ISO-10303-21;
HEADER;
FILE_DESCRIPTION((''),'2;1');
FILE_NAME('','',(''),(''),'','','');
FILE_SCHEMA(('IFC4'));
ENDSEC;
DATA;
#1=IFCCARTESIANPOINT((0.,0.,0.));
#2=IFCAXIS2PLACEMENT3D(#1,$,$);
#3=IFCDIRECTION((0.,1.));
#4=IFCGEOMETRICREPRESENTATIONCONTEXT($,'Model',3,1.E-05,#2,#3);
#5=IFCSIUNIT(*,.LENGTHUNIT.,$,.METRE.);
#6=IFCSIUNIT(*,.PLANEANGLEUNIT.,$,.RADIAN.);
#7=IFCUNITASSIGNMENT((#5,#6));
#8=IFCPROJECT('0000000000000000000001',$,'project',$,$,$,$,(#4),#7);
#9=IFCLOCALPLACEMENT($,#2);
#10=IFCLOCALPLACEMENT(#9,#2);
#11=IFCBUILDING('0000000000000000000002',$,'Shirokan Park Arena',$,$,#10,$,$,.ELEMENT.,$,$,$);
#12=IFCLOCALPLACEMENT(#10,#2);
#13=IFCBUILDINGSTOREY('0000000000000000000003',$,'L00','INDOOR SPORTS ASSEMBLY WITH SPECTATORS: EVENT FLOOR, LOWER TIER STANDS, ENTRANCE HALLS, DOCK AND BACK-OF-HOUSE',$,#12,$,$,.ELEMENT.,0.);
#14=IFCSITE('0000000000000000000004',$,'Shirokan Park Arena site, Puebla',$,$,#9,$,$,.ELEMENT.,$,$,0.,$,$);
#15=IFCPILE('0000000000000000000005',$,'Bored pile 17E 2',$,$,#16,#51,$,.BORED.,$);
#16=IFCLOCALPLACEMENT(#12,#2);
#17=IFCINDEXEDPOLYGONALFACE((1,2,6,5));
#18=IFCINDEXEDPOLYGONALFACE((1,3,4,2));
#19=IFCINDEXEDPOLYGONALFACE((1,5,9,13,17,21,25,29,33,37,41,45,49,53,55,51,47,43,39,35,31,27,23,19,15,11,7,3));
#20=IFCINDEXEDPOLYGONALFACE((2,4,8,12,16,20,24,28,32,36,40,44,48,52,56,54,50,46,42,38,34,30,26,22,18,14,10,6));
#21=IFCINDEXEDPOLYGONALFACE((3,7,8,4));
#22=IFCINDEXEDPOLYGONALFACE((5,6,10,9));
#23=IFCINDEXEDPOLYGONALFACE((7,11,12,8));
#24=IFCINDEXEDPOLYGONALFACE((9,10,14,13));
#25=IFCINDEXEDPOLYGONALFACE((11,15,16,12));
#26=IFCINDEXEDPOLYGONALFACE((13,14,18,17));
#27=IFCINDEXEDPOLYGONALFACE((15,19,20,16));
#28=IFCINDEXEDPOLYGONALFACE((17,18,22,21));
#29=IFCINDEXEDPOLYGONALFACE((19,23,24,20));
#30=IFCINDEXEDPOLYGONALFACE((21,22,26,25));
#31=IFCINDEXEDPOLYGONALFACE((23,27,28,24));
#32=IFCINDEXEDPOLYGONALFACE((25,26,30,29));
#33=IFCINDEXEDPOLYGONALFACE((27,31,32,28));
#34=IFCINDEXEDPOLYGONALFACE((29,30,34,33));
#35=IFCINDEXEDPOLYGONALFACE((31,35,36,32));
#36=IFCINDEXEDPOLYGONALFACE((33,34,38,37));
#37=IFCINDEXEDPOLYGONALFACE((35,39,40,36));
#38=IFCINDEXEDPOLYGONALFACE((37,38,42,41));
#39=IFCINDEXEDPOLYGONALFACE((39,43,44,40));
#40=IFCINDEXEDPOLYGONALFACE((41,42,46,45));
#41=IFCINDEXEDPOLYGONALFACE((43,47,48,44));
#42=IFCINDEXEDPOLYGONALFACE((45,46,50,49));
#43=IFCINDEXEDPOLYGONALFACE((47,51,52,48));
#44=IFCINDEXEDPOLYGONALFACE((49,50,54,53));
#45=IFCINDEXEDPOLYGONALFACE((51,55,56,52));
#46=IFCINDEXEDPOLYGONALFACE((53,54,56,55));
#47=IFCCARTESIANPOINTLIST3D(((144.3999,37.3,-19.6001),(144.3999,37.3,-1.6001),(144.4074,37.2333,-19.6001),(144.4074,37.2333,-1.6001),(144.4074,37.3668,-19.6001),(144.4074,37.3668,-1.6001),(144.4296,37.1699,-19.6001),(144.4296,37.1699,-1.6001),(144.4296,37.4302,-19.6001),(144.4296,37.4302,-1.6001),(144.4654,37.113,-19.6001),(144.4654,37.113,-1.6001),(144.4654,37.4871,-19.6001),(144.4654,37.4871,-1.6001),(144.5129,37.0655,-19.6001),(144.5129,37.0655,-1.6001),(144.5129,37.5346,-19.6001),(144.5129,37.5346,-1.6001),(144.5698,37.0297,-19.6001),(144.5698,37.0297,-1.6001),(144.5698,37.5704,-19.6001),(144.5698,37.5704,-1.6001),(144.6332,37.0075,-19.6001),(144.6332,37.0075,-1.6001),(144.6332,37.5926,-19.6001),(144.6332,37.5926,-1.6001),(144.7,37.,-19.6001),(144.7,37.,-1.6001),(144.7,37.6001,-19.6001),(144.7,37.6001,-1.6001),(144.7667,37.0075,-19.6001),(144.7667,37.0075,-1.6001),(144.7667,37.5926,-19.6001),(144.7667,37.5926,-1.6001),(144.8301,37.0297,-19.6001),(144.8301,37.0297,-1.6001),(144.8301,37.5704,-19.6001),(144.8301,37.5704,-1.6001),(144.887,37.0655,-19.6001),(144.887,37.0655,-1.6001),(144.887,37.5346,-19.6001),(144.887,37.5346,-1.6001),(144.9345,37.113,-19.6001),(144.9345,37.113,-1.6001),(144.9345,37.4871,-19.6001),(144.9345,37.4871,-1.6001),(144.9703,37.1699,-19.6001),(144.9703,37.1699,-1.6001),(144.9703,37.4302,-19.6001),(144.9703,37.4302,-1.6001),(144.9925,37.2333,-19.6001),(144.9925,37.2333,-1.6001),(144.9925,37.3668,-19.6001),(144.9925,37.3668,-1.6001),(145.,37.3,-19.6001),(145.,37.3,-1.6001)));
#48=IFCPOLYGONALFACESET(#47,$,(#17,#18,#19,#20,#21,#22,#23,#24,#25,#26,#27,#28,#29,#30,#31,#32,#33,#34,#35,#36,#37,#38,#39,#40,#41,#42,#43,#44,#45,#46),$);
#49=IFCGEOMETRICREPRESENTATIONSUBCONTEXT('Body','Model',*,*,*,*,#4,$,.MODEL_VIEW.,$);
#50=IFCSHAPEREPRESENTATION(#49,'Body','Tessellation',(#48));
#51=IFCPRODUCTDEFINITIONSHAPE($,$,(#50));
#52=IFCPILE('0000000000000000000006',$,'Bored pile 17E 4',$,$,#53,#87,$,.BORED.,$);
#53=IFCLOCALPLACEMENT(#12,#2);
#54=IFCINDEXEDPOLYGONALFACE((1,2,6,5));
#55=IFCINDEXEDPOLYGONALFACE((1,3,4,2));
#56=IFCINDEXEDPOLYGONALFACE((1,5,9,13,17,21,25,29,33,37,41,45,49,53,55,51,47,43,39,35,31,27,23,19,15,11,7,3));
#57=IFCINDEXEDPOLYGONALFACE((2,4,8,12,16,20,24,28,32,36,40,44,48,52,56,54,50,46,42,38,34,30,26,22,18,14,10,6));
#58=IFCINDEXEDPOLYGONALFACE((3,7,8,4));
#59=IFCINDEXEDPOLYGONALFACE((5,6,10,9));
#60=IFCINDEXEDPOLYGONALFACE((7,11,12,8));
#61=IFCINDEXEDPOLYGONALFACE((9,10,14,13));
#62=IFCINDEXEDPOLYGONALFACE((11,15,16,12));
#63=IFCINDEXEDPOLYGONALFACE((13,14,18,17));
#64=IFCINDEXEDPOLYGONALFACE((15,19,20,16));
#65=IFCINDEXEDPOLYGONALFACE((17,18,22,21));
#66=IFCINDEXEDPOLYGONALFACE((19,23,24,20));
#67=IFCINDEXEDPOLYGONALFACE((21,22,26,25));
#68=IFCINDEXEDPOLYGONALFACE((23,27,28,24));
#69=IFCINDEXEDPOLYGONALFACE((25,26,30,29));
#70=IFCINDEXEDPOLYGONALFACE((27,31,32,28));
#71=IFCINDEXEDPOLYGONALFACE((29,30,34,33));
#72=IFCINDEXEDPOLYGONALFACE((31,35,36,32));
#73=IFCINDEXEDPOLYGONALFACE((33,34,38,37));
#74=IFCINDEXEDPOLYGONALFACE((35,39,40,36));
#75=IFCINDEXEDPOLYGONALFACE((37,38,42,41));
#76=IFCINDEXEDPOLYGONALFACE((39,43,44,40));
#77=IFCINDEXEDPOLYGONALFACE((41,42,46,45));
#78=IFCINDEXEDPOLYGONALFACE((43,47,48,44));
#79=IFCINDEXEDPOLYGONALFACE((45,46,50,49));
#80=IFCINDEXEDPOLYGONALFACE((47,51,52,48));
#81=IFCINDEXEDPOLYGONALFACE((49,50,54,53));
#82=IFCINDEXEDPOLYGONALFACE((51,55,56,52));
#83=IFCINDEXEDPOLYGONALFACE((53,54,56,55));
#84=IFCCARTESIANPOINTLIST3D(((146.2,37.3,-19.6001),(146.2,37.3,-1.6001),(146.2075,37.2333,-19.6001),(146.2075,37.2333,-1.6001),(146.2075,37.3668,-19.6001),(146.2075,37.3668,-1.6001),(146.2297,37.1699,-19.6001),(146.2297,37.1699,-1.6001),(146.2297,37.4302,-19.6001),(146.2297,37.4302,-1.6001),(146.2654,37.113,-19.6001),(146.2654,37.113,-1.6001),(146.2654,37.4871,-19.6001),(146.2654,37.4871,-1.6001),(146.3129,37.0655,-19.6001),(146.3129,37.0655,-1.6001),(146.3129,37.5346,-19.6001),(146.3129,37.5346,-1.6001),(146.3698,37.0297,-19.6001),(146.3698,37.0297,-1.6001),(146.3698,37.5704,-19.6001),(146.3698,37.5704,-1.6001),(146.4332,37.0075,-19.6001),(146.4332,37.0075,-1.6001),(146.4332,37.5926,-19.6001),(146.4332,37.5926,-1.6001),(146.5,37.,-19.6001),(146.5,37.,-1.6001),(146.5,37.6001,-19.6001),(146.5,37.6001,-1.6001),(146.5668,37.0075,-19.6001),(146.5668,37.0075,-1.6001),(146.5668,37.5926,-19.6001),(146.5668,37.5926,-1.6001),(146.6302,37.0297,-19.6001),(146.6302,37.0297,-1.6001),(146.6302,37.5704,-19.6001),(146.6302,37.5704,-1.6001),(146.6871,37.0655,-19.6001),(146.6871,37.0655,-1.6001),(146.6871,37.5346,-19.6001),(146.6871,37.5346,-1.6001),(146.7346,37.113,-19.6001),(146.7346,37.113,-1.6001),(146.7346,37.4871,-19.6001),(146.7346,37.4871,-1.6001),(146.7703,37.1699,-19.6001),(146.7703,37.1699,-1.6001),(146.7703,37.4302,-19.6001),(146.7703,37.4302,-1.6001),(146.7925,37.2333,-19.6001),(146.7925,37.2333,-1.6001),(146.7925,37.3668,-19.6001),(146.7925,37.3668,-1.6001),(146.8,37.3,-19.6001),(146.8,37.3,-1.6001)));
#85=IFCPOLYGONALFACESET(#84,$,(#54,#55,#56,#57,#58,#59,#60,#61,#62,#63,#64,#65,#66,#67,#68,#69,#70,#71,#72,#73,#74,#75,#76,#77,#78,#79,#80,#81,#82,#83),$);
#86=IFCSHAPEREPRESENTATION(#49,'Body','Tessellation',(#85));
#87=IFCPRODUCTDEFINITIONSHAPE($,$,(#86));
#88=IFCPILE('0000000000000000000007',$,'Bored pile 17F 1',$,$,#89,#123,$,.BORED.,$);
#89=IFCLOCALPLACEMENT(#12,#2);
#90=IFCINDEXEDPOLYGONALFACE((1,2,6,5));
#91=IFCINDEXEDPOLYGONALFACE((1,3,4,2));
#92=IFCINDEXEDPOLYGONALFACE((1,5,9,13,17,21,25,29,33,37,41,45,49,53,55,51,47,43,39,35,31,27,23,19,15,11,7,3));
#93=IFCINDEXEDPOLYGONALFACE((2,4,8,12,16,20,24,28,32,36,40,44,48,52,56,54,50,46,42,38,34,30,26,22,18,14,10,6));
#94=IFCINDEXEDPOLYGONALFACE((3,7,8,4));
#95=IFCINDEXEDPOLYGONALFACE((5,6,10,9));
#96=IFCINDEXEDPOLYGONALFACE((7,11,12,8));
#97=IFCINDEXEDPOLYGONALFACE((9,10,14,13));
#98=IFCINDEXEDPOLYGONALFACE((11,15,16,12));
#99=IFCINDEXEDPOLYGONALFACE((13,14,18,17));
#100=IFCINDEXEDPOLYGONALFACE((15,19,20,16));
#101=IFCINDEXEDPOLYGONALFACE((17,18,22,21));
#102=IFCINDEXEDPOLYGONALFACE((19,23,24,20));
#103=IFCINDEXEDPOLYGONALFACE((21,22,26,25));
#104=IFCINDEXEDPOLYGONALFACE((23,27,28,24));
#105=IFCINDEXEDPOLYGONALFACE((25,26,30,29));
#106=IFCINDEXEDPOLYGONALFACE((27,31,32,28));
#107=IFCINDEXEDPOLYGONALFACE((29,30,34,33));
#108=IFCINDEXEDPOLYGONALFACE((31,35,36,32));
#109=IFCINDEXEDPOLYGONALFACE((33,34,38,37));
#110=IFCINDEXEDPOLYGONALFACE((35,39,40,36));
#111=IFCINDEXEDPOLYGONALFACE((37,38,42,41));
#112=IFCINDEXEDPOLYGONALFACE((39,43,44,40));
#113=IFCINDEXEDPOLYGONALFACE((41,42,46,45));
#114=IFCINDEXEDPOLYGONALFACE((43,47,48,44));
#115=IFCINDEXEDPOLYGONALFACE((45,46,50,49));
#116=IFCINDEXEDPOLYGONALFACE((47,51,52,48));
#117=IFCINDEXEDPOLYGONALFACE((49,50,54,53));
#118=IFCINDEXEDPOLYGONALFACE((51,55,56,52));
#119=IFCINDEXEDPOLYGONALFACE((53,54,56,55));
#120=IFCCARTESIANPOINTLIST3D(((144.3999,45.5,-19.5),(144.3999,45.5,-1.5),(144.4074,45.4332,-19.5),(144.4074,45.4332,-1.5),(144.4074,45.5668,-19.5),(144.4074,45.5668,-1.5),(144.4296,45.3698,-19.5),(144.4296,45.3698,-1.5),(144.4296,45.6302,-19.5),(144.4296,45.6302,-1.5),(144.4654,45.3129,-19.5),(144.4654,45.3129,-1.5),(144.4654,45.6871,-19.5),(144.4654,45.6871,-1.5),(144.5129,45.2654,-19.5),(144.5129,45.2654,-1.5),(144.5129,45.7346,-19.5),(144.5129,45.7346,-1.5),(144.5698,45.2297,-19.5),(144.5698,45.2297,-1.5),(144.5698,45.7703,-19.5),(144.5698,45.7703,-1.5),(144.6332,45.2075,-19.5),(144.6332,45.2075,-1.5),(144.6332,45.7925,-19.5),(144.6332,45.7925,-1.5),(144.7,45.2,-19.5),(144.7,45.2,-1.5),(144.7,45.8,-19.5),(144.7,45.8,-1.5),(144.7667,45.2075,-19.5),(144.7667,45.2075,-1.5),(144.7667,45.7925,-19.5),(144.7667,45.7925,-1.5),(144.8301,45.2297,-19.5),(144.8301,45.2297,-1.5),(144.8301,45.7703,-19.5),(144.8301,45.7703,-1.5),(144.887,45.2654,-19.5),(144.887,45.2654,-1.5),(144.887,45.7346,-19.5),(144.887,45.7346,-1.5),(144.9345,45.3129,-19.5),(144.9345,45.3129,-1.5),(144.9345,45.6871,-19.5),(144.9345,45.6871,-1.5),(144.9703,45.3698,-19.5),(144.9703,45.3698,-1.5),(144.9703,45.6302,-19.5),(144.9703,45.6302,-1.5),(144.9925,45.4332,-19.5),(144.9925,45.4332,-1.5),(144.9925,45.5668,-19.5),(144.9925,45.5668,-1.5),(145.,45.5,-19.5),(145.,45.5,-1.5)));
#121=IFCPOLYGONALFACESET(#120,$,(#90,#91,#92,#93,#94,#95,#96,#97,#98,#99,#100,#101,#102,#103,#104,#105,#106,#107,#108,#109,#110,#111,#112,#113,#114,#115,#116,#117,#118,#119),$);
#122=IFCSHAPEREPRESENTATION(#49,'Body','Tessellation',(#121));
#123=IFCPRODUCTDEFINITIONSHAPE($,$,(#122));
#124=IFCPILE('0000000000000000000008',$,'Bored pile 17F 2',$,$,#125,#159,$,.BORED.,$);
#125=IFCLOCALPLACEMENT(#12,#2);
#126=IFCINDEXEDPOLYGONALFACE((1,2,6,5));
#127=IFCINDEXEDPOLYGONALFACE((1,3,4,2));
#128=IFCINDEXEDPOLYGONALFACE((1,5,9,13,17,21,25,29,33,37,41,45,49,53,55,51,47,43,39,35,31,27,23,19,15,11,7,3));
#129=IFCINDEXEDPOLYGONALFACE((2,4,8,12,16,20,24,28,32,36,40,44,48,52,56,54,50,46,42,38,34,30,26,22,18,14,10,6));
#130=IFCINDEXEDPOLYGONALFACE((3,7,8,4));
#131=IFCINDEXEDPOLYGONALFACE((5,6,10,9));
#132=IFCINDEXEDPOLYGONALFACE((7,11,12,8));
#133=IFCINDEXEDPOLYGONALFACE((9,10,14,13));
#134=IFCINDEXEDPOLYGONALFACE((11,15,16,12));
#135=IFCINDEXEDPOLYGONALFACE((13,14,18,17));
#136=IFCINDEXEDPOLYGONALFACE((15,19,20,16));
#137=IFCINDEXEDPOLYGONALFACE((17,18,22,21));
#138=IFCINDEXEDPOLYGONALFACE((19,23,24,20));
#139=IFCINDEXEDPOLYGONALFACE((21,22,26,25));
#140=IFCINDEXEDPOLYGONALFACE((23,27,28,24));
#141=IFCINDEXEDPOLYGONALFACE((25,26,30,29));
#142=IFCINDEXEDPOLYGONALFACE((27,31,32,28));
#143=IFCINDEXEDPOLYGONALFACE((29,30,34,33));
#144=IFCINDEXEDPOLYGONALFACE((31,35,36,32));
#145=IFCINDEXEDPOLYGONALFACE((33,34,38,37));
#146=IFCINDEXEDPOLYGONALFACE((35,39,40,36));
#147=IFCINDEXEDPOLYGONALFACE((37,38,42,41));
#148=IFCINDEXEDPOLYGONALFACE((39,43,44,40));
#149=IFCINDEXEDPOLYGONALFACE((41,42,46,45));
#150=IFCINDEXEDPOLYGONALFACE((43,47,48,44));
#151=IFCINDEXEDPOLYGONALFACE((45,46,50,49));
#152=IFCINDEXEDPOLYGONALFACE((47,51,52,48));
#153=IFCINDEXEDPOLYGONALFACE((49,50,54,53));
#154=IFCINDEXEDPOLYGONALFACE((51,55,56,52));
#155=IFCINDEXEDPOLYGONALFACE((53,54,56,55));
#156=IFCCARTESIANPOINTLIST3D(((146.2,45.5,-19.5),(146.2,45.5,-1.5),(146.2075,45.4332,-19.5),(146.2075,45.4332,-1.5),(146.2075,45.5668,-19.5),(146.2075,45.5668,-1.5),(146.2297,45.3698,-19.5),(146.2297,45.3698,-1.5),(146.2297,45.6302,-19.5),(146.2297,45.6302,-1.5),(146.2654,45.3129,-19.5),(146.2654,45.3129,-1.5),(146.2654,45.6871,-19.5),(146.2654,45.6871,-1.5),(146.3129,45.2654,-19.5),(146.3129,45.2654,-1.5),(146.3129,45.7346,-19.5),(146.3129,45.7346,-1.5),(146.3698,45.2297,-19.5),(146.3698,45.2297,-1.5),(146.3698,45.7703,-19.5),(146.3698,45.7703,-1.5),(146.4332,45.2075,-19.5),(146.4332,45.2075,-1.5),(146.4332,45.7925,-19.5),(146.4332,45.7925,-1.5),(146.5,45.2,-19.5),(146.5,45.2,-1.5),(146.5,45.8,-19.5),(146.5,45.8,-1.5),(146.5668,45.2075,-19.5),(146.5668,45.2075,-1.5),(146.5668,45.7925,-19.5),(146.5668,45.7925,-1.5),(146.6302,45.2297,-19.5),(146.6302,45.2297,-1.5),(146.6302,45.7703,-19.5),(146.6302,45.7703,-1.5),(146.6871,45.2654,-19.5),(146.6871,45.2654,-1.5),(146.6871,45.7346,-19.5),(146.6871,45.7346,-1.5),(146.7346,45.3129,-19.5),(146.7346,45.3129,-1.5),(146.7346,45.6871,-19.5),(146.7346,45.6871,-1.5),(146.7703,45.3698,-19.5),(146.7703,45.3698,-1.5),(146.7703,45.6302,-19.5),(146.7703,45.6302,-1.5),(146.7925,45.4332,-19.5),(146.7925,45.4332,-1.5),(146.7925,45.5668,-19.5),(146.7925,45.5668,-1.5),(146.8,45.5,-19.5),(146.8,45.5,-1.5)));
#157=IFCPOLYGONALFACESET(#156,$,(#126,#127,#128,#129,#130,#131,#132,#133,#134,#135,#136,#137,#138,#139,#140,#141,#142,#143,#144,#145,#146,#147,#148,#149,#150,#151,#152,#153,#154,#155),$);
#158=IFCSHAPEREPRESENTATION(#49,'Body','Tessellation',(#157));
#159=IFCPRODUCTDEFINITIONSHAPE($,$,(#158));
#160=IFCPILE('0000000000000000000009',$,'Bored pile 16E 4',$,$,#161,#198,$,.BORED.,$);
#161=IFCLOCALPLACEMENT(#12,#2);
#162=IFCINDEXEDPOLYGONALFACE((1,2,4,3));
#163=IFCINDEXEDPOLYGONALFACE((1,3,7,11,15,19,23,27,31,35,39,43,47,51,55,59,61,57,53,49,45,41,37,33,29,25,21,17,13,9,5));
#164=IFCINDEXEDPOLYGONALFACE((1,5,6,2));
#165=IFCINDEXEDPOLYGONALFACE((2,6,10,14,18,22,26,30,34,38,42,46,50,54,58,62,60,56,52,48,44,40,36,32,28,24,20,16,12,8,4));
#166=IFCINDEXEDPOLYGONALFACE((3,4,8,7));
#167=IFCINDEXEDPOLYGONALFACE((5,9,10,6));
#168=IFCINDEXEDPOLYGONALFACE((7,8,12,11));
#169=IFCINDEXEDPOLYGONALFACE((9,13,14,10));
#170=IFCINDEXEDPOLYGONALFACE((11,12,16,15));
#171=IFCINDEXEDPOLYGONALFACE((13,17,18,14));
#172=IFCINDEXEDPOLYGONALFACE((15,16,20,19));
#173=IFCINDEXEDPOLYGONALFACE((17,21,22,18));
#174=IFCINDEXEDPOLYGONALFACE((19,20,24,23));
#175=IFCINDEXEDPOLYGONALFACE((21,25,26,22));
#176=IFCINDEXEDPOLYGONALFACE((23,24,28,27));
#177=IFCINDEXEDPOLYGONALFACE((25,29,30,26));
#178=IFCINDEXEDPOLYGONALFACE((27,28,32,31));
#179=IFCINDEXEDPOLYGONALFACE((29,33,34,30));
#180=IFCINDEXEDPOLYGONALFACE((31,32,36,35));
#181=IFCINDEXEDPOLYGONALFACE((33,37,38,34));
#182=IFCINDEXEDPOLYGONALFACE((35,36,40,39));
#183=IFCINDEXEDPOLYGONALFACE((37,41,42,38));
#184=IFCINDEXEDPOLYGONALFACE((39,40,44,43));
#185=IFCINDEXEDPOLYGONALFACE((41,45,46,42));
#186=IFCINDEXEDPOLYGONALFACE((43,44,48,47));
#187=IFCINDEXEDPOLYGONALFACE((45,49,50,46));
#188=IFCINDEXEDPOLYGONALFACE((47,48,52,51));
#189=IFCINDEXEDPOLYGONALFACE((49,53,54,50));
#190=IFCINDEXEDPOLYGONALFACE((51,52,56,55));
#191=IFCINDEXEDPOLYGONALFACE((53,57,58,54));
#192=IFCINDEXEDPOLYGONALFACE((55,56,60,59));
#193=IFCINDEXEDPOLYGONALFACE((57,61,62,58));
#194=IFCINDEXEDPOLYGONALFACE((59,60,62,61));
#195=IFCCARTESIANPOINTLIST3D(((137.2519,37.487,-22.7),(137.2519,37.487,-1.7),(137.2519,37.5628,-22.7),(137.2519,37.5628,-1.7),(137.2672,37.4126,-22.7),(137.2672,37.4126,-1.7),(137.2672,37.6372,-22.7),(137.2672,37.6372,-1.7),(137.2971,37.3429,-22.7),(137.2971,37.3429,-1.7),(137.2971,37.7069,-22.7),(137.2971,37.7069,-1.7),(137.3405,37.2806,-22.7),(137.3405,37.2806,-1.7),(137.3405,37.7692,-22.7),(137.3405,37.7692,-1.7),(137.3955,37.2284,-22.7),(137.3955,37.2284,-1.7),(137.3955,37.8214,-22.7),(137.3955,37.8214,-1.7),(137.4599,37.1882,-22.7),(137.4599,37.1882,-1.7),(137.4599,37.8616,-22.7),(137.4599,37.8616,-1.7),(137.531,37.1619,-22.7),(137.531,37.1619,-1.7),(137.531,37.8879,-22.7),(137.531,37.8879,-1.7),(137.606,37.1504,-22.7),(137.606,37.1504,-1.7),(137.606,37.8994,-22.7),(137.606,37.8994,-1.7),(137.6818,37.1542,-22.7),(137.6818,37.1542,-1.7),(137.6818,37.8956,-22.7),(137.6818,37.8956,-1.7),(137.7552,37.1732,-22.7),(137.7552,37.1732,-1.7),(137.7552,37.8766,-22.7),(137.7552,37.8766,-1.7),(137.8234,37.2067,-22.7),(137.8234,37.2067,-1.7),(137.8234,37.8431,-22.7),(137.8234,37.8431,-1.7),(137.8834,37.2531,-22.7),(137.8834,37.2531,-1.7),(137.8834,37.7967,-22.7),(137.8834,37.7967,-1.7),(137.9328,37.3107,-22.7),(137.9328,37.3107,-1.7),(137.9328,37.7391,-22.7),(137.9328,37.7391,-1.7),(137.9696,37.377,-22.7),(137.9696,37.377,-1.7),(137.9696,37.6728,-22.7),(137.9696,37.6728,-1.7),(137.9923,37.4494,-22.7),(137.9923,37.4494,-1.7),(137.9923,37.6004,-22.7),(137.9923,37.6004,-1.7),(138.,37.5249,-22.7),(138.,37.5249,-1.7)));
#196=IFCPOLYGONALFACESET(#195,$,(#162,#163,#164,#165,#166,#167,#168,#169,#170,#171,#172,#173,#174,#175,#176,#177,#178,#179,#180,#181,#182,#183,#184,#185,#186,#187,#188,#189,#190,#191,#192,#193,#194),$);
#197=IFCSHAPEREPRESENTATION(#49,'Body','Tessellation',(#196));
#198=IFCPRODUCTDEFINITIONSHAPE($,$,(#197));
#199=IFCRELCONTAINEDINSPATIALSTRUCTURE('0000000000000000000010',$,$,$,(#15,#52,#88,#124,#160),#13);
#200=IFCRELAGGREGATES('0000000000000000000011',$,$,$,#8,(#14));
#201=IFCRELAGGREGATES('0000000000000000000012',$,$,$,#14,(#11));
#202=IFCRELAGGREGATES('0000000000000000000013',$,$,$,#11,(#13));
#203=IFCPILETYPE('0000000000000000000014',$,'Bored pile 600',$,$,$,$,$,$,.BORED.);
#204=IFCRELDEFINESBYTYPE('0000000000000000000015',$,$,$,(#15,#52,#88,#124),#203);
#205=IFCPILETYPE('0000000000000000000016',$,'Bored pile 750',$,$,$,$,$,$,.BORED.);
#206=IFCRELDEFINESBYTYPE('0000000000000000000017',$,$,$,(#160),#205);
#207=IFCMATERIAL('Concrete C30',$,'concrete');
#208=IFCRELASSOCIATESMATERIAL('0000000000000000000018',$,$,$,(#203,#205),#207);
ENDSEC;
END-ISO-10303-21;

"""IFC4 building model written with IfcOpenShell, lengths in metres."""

from ifc_helpers import new_model, si_unit, direction, frame, origin, origin_2d, place, context, subcontext, project, spatial, circle, extrude, material, material_profile, profile_set, type_object, element, save


model = new_model("IFC4")

# Units and contexts
model_context = context("Model", 3, precision=1e-05, world=origin(), true_north=direction((0.0, 1.0)))
body_context = subcontext(model_context, "Body", "Model", "MODEL_VIEW")
ifc_project = project(units=[si_unit("LENGTHUNIT", "METRE"), si_unit("PLANEANGLEUNIT", "RADIAN")], contexts=[model_context])

# Site, building, storey
site_placement = place(None, origin())
site = spatial("IfcSite", under=ifc_project, at=site_placement, Name="Shirokan Park Arena site, Puebla", CompositionType="ELEMENT", RefElevation=0.0)
building_placement = place(site_placement, origin())
building = spatial("IfcBuilding", under=site, at=building_placement, Name="Shirokan Park Arena", CompositionType="ELEMENT")
storey_placement = place(building_placement, origin())
storey = spatial("IfcBuildingStorey", under=building, at=storey_placement, Name="L00", Description="INDOOR SPORTS ASSEMBLY WITH SPECTATORS: EVENT FLOOR, LOWER TIER STANDS, ENTRANCE HALLS, DOCK AND BACK-OF-HOUSE", CompositionType="ELEMENT", Elevation=0.0)

# Piles
ifc_material_1 = material(Name="Concrete C30", Category="concrete")
ifc_material_profile_1 = material_profile(ifc_material_1, circle(Radius=0.3, at=origin_2d()), Name="D600")
ifc_profile_set_1 = profile_set([ifc_material_profile_1], Name="Concrete C30")
pile_type_1 = type_object("IfcPileType", Name="Bored pile 600", PredefinedType="BORED", material=ifc_profile_set_1)
for number, where, z_axis, x_axis, name in (
    (1, (144.7, 37.3, -1.6001), (0.0, 0.0, -1.0), (1.0, 0.0, 0.0), "Bored pile 17E 2"),
    (2, (146.5, 37.3, -1.6001), (0.0, 0.0, -1.0), (1.0, 0.0, 0.0), "Bored pile 17E 4"),
    (3, (144.7, 45.5, -1.5), (0.0, 0.0, -1.0), (1.0, 0.0, 0.0), "Bored pile 17F 1"),
    (4, (146.5, 45.5, -1.5), (0.0, 0.0, -1.0), (1.0, 0.0, 0.0), "Bored pile 17F 2"),
):
    element("IfcPile", number, at=place(storey_placement, frame(where, z_axis=z_axis, x_axis=x_axis)), inside=storey, type_object=pile_type_1, Name=name, PredefinedType="BORED", context=body_context, shape_type="SweptSolid", body=[
        extrude(circle(Radius=0.3, at=origin_2d()), origin(), (0.0, 0.0, 1.0), 18.0),
    ])
ifc_material_profile_2 = material_profile(ifc_material_1, circle(Radius=0.375, at=origin_2d()), Name="D750")
ifc_profile_set_2 = profile_set([ifc_material_profile_2], Name="Concrete C30")
pile_type_2 = type_object("IfcPileType", Name="Bored pile 750", PredefinedType="BORED", material=ifc_profile_set_2)
for number, where, z_axis, x_axis, name in (
    (5, (137.625, 37.5249, -1.7), (0.0, 0.0, -1.0), (1.0, 0.0, 0.0), "Bored pile 16E 4"),
):
    element("IfcPile", number, at=place(storey_placement, frame(where, z_axis=z_axis, x_axis=x_axis)), inside=storey, type_object=pile_type_2, Name=name, PredefinedType="BORED", context=body_context, shape_type="SweptSolid", body=[
        extrude(circle(Radius=0.375, at=origin_2d()), origin(), (0.0, 0.0, 1.0), 21.0),
    ])

save(model, "model.ifc")
